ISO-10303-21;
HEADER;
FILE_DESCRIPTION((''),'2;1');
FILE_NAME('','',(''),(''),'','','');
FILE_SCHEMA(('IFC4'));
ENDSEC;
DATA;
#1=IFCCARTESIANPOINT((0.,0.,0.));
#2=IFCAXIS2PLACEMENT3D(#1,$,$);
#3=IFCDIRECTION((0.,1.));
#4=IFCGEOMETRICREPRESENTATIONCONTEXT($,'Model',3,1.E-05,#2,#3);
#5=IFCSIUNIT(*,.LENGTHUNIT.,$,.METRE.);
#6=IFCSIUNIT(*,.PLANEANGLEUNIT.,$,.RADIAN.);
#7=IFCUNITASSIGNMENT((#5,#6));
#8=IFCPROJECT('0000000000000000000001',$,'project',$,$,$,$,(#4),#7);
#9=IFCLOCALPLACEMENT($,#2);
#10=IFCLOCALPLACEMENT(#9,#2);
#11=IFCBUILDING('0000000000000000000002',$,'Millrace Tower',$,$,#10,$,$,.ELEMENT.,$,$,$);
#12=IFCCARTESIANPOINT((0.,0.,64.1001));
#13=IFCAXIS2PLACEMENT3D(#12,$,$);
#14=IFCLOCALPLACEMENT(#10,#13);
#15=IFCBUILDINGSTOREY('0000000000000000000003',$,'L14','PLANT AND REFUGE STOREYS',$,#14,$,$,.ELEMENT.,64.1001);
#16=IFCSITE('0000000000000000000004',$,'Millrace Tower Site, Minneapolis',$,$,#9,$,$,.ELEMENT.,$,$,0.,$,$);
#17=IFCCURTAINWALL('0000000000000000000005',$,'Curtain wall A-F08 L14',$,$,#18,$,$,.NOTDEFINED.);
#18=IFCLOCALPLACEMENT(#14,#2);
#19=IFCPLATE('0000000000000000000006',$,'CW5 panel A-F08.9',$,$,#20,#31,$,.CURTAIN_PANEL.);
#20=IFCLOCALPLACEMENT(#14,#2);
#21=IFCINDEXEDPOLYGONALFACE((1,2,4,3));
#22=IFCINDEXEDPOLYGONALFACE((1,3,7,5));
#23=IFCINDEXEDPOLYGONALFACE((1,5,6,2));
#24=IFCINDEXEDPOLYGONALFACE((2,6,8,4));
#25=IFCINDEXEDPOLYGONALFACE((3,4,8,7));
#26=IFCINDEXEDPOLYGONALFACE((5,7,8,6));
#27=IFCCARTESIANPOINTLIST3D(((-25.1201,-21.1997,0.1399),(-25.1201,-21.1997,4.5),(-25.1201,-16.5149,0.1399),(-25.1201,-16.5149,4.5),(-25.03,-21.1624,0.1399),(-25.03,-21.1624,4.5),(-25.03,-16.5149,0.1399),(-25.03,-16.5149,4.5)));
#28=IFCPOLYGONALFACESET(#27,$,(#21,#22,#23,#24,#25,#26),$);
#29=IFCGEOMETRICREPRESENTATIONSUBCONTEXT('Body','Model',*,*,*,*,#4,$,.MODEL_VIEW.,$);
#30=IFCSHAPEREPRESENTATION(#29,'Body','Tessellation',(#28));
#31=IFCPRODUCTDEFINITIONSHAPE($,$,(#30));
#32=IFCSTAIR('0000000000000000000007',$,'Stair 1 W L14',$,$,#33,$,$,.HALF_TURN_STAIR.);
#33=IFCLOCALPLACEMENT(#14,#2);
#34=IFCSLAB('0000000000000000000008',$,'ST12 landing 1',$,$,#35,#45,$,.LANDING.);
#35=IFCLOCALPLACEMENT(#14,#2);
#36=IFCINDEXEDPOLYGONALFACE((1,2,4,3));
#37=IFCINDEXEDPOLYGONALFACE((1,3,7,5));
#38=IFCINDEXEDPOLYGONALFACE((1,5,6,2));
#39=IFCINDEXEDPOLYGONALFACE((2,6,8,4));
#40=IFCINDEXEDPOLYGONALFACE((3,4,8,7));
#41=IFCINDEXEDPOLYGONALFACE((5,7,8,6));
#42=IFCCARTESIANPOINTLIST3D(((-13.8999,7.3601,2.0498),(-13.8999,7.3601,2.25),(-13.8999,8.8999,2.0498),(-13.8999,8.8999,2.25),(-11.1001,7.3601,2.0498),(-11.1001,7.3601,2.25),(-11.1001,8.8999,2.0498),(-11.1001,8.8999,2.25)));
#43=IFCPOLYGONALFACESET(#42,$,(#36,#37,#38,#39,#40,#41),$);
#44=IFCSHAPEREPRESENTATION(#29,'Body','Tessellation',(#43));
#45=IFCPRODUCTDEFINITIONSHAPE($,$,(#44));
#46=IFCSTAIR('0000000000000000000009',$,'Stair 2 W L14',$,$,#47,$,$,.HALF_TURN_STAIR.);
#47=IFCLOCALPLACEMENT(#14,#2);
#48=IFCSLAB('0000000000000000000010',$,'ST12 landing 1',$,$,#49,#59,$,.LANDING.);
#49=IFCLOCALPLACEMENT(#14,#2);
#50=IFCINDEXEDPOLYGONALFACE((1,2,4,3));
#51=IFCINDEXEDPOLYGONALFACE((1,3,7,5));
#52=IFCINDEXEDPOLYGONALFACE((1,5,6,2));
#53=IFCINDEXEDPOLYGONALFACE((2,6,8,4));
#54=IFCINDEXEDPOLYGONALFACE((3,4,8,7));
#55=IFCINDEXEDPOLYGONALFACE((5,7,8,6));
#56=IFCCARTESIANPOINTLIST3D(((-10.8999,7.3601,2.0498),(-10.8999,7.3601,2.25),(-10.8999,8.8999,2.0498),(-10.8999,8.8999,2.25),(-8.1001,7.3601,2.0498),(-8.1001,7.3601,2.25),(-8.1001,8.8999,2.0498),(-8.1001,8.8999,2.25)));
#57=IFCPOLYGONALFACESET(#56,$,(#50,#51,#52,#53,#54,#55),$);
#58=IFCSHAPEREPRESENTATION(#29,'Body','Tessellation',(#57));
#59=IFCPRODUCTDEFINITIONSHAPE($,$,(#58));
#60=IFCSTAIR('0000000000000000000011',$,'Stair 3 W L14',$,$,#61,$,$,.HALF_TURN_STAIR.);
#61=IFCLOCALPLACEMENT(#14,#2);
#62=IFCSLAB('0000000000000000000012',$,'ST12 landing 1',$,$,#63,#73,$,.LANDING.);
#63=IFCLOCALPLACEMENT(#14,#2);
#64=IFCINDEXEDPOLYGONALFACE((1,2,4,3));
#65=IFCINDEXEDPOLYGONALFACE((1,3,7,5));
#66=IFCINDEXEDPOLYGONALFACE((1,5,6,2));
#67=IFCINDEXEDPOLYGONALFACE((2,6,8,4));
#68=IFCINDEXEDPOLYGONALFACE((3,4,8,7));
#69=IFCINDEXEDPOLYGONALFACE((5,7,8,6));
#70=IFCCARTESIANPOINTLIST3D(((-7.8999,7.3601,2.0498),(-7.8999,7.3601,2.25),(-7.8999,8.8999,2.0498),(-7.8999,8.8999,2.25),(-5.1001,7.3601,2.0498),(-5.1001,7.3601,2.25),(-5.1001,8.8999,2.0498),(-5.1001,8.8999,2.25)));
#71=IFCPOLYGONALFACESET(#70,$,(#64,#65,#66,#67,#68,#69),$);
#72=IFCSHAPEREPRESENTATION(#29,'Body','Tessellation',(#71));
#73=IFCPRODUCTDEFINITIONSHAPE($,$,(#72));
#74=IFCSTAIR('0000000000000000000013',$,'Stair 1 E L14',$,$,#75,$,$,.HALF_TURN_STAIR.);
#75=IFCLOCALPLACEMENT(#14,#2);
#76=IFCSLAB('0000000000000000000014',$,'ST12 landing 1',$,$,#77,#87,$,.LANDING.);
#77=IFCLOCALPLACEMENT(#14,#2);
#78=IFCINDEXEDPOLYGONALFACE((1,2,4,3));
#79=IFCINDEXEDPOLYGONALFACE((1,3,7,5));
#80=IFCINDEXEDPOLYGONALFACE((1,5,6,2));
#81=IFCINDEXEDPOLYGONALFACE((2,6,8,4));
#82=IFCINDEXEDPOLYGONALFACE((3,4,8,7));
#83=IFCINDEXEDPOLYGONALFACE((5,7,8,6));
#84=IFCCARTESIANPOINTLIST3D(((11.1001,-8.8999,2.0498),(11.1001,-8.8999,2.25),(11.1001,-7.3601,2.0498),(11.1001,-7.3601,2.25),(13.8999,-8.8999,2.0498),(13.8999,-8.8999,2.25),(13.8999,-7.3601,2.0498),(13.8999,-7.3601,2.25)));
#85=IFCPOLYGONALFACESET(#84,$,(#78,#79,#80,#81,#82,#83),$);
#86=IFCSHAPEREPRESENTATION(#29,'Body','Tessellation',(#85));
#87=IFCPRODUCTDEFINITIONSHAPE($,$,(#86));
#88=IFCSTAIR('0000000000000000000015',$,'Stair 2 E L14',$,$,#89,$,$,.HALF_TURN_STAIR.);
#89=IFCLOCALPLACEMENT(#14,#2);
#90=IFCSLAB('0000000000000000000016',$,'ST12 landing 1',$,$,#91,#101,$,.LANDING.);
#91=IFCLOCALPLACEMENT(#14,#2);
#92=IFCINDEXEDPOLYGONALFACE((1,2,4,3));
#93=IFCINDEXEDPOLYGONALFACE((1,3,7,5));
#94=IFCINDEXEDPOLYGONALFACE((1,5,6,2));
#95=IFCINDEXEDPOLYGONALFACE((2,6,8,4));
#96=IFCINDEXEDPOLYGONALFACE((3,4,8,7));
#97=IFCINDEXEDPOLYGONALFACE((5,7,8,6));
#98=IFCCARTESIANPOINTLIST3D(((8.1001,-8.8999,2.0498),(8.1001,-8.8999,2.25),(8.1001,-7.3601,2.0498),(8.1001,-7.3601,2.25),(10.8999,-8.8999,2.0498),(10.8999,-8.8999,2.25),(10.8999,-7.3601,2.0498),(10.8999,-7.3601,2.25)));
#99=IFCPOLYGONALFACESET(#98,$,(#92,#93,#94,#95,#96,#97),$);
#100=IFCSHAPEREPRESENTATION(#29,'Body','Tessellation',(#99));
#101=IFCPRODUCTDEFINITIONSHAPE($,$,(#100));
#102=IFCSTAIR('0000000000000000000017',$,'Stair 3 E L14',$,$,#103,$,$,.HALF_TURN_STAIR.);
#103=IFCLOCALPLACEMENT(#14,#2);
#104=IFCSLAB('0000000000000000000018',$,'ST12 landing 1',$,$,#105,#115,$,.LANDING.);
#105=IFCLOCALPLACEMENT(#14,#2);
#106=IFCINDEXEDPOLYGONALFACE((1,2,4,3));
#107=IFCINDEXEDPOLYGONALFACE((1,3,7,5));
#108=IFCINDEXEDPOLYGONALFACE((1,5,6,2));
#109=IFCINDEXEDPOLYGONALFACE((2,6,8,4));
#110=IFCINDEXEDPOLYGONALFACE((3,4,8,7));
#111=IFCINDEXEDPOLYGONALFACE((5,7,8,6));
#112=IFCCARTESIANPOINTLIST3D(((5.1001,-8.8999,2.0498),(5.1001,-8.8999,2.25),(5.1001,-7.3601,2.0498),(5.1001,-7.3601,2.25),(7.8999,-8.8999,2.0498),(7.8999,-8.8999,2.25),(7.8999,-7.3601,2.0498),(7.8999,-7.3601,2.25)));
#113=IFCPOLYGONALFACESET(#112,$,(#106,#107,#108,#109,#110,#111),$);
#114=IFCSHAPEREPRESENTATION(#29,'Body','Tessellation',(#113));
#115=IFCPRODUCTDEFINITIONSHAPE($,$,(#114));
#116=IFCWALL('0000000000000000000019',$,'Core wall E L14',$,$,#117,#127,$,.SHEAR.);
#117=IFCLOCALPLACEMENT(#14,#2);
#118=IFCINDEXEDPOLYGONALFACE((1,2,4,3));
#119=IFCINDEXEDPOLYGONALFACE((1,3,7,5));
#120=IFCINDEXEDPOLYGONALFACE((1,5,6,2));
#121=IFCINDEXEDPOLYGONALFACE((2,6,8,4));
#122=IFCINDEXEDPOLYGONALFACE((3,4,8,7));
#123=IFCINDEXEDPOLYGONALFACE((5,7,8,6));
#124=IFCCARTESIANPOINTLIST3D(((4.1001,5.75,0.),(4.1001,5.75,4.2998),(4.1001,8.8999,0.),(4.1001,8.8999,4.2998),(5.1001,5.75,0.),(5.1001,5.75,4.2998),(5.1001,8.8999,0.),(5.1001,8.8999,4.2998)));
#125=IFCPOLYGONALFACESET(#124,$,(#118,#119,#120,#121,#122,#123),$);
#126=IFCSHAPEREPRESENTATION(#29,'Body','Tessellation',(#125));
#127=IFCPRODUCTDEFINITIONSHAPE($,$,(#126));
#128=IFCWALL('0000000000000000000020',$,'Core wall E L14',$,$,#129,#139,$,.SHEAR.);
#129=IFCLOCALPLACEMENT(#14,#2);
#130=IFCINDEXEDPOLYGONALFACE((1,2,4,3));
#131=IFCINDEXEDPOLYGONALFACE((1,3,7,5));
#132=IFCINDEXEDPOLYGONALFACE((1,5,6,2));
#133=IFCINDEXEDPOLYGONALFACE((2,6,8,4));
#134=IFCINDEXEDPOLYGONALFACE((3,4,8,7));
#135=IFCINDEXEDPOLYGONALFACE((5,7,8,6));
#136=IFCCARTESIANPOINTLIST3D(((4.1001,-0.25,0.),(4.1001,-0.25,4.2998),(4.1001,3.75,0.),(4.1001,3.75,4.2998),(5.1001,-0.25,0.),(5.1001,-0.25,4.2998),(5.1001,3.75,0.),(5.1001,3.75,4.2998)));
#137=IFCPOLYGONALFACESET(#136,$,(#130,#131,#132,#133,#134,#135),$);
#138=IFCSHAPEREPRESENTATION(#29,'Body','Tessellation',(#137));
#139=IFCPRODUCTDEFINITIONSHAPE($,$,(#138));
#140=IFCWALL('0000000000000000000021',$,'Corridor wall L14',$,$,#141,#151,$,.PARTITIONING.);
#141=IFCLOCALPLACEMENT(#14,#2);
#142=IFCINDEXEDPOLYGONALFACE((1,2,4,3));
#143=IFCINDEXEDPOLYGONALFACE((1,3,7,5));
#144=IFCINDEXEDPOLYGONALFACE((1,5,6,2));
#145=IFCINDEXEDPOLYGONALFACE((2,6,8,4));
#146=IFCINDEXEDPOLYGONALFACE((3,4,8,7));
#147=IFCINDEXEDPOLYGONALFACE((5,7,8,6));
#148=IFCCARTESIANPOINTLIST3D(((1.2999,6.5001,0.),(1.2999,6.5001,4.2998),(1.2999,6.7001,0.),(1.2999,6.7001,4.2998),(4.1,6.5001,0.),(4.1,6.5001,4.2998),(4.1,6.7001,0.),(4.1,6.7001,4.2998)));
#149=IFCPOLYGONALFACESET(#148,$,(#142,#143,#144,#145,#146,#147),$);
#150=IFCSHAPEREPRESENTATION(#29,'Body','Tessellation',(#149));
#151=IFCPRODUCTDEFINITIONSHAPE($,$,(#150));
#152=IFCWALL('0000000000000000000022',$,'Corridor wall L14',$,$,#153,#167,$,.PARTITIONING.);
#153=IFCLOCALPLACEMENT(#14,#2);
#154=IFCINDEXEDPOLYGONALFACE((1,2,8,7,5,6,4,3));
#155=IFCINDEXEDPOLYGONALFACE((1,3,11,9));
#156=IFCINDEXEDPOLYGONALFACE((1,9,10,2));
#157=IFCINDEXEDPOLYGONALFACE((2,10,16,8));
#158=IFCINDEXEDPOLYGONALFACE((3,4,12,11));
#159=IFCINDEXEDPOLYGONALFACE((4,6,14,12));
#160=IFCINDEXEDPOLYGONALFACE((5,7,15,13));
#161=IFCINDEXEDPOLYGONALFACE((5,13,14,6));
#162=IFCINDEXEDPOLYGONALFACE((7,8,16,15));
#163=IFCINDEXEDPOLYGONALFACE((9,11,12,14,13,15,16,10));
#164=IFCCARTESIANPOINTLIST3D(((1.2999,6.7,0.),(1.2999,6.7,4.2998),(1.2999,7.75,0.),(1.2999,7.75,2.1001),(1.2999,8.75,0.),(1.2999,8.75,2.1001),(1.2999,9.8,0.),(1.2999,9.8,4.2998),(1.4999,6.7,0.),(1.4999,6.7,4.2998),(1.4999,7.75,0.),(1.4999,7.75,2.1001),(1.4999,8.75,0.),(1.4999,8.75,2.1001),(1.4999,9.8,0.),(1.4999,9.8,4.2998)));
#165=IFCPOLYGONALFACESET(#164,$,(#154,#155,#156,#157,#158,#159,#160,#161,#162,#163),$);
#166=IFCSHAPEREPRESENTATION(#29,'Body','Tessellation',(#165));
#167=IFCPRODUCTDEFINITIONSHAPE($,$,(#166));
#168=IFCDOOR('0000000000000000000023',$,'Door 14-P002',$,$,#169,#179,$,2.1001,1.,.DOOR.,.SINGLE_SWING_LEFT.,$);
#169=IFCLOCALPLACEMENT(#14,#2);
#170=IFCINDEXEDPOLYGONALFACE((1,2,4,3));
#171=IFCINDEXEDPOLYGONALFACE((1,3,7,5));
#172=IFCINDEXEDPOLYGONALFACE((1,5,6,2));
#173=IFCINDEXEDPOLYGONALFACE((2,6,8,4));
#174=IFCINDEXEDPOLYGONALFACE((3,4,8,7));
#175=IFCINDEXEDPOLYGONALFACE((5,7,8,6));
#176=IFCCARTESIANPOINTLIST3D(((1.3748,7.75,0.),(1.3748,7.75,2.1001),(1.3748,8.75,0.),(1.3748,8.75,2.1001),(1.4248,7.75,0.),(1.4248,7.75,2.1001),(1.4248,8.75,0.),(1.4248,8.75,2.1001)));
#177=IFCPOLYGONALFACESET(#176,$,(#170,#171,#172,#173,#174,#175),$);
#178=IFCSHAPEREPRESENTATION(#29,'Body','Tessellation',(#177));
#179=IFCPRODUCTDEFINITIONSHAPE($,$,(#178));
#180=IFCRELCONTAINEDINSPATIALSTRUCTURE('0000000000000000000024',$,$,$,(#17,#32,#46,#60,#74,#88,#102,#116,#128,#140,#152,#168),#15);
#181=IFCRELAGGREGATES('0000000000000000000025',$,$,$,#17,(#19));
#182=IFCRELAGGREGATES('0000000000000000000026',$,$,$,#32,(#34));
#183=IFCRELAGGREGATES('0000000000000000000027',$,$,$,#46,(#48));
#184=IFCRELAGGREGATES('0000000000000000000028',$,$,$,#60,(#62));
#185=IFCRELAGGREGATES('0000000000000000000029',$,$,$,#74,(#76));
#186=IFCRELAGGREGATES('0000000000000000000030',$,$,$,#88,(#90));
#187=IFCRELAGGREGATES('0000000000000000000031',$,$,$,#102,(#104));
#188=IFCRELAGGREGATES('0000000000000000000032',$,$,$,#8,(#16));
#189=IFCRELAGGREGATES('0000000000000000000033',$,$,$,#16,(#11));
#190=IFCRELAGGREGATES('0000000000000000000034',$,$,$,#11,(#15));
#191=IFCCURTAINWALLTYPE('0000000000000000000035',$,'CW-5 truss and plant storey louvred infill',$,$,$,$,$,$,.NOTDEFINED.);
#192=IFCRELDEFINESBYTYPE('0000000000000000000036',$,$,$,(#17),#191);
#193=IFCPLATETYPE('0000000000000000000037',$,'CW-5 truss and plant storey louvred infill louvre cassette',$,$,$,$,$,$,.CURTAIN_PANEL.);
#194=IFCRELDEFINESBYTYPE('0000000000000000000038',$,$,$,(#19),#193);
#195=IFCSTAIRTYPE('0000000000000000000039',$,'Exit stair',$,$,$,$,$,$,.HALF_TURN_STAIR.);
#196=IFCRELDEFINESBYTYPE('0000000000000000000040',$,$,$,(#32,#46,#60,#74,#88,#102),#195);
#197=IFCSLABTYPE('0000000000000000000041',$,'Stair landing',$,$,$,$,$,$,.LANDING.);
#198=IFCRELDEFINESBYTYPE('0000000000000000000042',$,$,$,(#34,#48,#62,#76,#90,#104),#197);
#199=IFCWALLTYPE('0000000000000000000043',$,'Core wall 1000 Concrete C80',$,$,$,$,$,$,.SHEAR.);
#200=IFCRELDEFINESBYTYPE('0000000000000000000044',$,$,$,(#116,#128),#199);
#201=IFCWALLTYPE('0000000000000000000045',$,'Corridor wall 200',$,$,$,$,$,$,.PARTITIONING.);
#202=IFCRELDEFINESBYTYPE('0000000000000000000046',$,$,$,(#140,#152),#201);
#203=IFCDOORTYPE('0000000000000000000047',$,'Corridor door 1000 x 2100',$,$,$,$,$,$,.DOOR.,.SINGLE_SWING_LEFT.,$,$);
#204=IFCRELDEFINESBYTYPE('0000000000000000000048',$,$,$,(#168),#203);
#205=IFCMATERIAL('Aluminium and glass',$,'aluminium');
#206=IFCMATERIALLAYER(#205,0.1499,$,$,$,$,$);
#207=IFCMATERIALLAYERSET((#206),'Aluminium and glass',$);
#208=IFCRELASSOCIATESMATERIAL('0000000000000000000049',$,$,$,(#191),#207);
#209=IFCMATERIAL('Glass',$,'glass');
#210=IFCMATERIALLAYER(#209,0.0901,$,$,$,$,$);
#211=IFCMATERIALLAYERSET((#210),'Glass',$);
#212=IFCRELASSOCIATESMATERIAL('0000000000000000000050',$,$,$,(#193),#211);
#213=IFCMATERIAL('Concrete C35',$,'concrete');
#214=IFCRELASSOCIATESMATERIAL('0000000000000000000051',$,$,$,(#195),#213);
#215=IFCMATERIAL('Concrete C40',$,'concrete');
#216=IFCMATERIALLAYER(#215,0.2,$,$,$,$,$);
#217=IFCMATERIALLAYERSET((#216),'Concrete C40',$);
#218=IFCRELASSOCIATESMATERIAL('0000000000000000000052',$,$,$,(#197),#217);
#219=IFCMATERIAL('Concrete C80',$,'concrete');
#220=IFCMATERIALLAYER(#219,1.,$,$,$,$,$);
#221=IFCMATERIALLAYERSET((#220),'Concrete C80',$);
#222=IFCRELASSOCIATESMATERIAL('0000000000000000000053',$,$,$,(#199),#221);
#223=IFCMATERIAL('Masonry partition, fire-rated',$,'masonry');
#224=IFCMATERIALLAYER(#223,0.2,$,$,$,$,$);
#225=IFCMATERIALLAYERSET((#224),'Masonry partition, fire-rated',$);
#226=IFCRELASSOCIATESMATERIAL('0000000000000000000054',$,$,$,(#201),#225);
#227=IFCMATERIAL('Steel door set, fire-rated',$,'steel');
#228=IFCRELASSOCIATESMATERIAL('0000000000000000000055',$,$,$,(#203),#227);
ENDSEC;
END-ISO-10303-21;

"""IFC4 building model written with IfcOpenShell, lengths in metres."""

from ifc_helpers import new_model, si_unit, direction, frame, frame_2d, origin, place, context, subcontext, project, spatial, polyline, rectangle, outline, extrude, material, layer, layer_set, type_object, element, fill, aggregate, save


model = new_model("IFC4")

# Units and contexts
model_context = context("Model", 3, precision=1e-05, world=origin(), true_north=direction((0.0, 1.0)))
body_context = subcontext(model_context, "Body", "Model", "MODEL_VIEW")
ifc_project = project(units=[si_unit("LENGTHUNIT", "METRE"), si_unit("PLANEANGLEUNIT", "RADIAN")], contexts=[model_context])

# Site, building, storey
site_placement = place(None, origin())
site = spatial("IfcSite", under=ifc_project, at=site_placement, Name="Millrace Tower Site, Minneapolis", CompositionType="ELEMENT", RefElevation=0.0)
building_placement = place(site_placement, origin())
building = spatial("IfcBuilding", under=site, at=building_placement, Name="Millrace Tower", CompositionType="ELEMENT")
storey_placement = place(building_placement, frame((0.0, 0.0, 64.1001)))
storey = spatial("IfcBuildingStorey", under=building, at=storey_placement, Name="L14", Description="PLANT AND REFUGE STOREYS", CompositionType="ELEMENT", Elevation=64.1001)

# Shared definitions
ifc_material_1 = material(Name="Aluminium and glass", Category="aluminium")
ifc_layer_1 = layer(ifc_material_1, 0.1499)
ifc_layer_set_1 = layer_set([ifc_layer_1], Name="Aluminium and glass")
curtain_wall_type = type_object("IfcCurtainWallType", Name="CW-5 truss and plant storey louvred infill", PredefinedType="NOTDEFINED", material=ifc_layer_set_1)
placement_1 = place(storey_placement, origin())
ifc_material_2 = material(Name="Glass", Category="glass")
ifc_layer_2 = layer(ifc_material_2, 0.0901)
ifc_layer_set_2 = layer_set([ifc_layer_2], Name="Glass")
plate_type = type_object("IfcPlateType", Name="CW-5 truss and plant storey louvred infill louvre cassette", PredefinedType="CURTAIN_PANEL", material=ifc_layer_set_2)
placement_2 = place(storey_placement, frame((0.0, 0.0, 0.1399)))

# Curtain wall, plate
curtain_wall_1 = element("IfcCurtainWall", 1, at=placement_1, inside=storey, type_object=curtain_wall_type, Name="Curtain wall A-F08 L14", PredefinedType="NOTDEFINED")
plate_1 = element("IfcPlate", 2, at=placement_2, type_object=plate_type, Name="CW5 panel A-F08.9", PredefinedType="CURTAIN_PANEL", context=body_context, shape_type="SweptSolid", body=[
    extrude(outline(polyline([(-25.1201, -16.5149), (-25.1201, -21.1997), (-25.03, -21.1624), (-25.03, -16.5149), (-25.1201, -16.5149)])), origin(), (0.0, 0.0, 1.0), 4.3601),
])
aggregate(curtain_wall_1, [plate_1])

# Stairs, slabs
ifc_material_3 = material(Name="Concrete C35", Category="concrete")
stair_type = type_object("IfcStairType", Name="Exit stair", PredefinedType="HALF_TURN_STAIR", material=ifc_material_3)
stair_1 = element("IfcStair", 3, at=placement_1, inside=storey, type_object=stair_type, Name="Stair 1 W L14", PredefinedType="HALF_TURN_STAIR")
ifc_material_4 = material(Name="Concrete C40", Category="concrete")
ifc_layer_3 = layer(ifc_material_4, 0.2)
ifc_layer_set_3 = layer_set([ifc_layer_3], Name="Concrete C40")
slab_type = type_object("IfcSlabType", Name="Stair landing", PredefinedType="LANDING", material=ifc_layer_set_3)
placement_3 = place(storey_placement, frame((0.0, 0.0, 2.0498)))
slab_1 = element("IfcSlab", 4, at=placement_3, type_object=slab_type, Name="ST12 landing 1", PredefinedType="LANDING", context=body_context, shape_type="SweptSolid", body=[
    extrude(outline(polyline([(-13.8999, 7.3601), (-11.1001, 7.3601), (-11.1001, 8.8999), (-13.8999, 8.8999), (-13.8999, 7.3601)])), origin(), (0.0, 0.0, 1.0), 0.2002),
])
aggregate(stair_1, [slab_1])
stair_2 = element("IfcStair", 5, at=placement_1, inside=storey, type_object=stair_type, Name="Stair 2 W L14", PredefinedType="HALF_TURN_STAIR")
slab_2 = element("IfcSlab", 6, at=placement_3, type_object=slab_type, Name="ST12 landing 1", PredefinedType="LANDING", context=body_context, shape_type="SweptSolid", body=[
    extrude(outline(polyline([(-10.8999, 7.3601), (-8.1001, 7.3601), (-8.1001, 8.8999), (-10.8999, 8.8999), (-10.8999, 7.3601)])), origin(), (0.0, 0.0, 1.0), 0.2002),
])
aggregate(stair_2, [slab_2])
stair_3 = element("IfcStair", 7, at=placement_1, inside=storey, type_object=stair_type, Name="Stair 3 W L14", PredefinedType="HALF_TURN_STAIR")
slab_3 = element("IfcSlab", 8, at=placement_3, type_object=slab_type, Name="ST12 landing 1", PredefinedType="LANDING", context=body_context, shape_type="SweptSolid", body=[
    extrude(outline(polyline([(-7.8999, 7.3601), (-5.1001, 7.3601), (-5.1001, 8.8999), (-7.8999, 8.8999), (-7.8999, 7.3601)])), origin(), (0.0, 0.0, 1.0), 0.2002),
])
aggregate(stair_3, [slab_3])
stair_4 = element("IfcStair", 9, at=placement_1, inside=storey, type_object=stair_type, Name="Stair 1 E L14", PredefinedType="HALF_TURN_STAIR")
slab_4 = element("IfcSlab", 10, at=placement_3, type_object=slab_type, Name="ST12 landing 1", PredefinedType="LANDING", context=body_context, shape_type="SweptSolid", body=[
    extrude(outline(polyline([(11.1001, -8.8999), (13.8999, -8.8999), (13.8999, -7.3601), (11.1001, -7.3601), (11.1001, -8.8999)])), origin(), (0.0, 0.0, 1.0), 0.2002),
])
aggregate(stair_4, [slab_4])
stair_5 = element("IfcStair", 11, at=placement_1, inside=storey, type_object=stair_type, Name="Stair 2 E L14", PredefinedType="HALF_TURN_STAIR")
slab_5 = element("IfcSlab", 12, at=placement_3, type_object=slab_type, Name="ST12 landing 1", PredefinedType="LANDING", context=body_context, shape_type="SweptSolid", body=[
    extrude(outline(polyline([(8.1001, -8.8999), (10.8999, -8.8999), (10.8999, -7.3601), (8.1001, -7.3601), (8.1001, -8.8999)])), origin(), (0.0, 0.0, 1.0), 0.2002),
])
aggregate(stair_5, [slab_5])
stair_6 = element("IfcStair", 13, at=placement_1, inside=storey, type_object=stair_type, Name="Stair 3 E L14", PredefinedType="HALF_TURN_STAIR")
slab_6 = element("IfcSlab", 14, at=placement_3, type_object=slab_type, Name="ST12 landing 1", PredefinedType="LANDING", context=body_context, shape_type="SweptSolid", body=[
    extrude(outline(polyline([(5.1001, -8.8999), (7.8999, -8.8999), (7.8999, -7.3601), (5.1001, -7.3601), (5.1001, -8.8999)])), origin(), (0.0, 0.0, 1.0), 0.2002),
])
aggregate(stair_6, [slab_6])

# Walls
ifc_material_5 = material(Name="Concrete C80", Category="concrete")
ifc_layer_4 = layer(ifc_material_5, 1.0)
ifc_layer_set_4 = layer_set([ifc_layer_4], Name="Concrete C80")
wall_type_1 = type_object("IfcWallType", Name="Core wall 1000 Concrete C80", PredefinedType="SHEAR", material=ifc_layer_set_4)
wall_1_placement = place(storey_placement, frame((4.6001, 8.8999, 0.0), z_axis=(0.0, 0.0, 1.0), x_axis=(0.0, -1.0, 0.0)))
element("IfcWall", 15, at=wall_1_placement, inside=storey, type_object=wall_type_1, Name="Core wall E L14", PredefinedType="SHEAR", context=body_context, shape_type="SweptSolid", body=[
    extrude(rectangle(XDim=3.1499, YDim=1.0, at=frame_2d((1.575, 0.0))), origin(), (0.0, 0.0, 1.0), 4.2998),
])
wall_2_placement = place(storey_placement, frame((4.6001, 3.75, 0.0), z_axis=(0.0, 0.0, 1.0), x_axis=(0.0, -1.0, 0.0)))
element("IfcWall", 16, at=wall_2_placement, inside=storey, type_object=wall_type_1, Name="Core wall E L14", PredefinedType="SHEAR", context=body_context, shape_type="SweptSolid", body=[
    extrude(rectangle(XDim=4.0, YDim=1.0, at=frame_2d((2.0, 0.0))), origin(), (0.0, 0.0, 1.0), 4.2998),
])
ifc_material_6 = material(Name="Masonry partition, fire-rated", Category="masonry")
ifc_layer_5 = layer(ifc_material_6, 0.2)
ifc_layer_set_5 = layer_set([ifc_layer_5], Name="Masonry partition, fire-rated")
wall_type_2 = type_object("IfcWallType", Name="Corridor wall 200", PredefinedType="PARTITIONING", material=ifc_layer_set_5)
wall_3_placement = place(storey_placement, frame((1.3, 6.6001, 0.0), z_axis=(0.0, 0.0, 1.0), x_axis=(1.0, 0.0, 0.0)))
element("IfcWall", 17, at=wall_3_placement, inside=storey, type_object=wall_type_2, Name="Corridor wall L14", PredefinedType="PARTITIONING", context=body_context, shape_type="SweptSolid", body=[
    extrude(rectangle(XDim=2.8, YDim=0.2, at=frame_2d((1.3999, 0.0))), origin(), (0.0, 0.0, 1.0), 4.2998),
])

# Wall, opening, door
wall_4_placement = place(storey_placement, frame((1.3999, 6.7, 0.0), z_axis=(0.0, 0.0, 1.0), x_axis=(0.0, 1.0, 0.0)))
wall_4 = element("IfcWall", 18, at=wall_4_placement, inside=storey, type_object=wall_type_2, Name="Corridor wall L14", PredefinedType="PARTITIONING", context=body_context, shape_type="SweptSolid", body=[
    extrude(rectangle(XDim=3.1001, YDim=0.2, at=frame_2d((1.55, 0.0))), origin(), (0.0, 0.0, 1.0), 4.2998),
])
opening_1_placement = place(wall_4_placement, frame((1.05, 0.0, 0.0)))
opening_1 = element("IfcOpeningElement", 19, at=opening_1_placement, cuts=wall_4, PredefinedType="OPENING", context=body_context, shape_type="SweptSolid", body=[
    extrude(rectangle(XDim=1.0, YDim=2.1001, at=frame_2d((0.5, 1.05))), frame((0.0, 0.1099, 0.0), z_axis=(0.0, -1.0, 0.0), x_axis=(1.0, 0.0, 0.0)), (0.0, 0.0, 1.0), 0.22),
])
ifc_material_7 = material(Name="Steel door set, fire-rated", Category="steel")
door_type_1 = type_object("IfcDoorType", Name="Corridor door 1000 x 2100", OperationType="SINGLE_SWING_LEFT", PredefinedType="DOOR", material=ifc_material_7)
door_1_placement = place(opening_1_placement, frame((1.0, 0.0, 0.0), z_axis=(0.0, 0.0, 1.0), x_axis=(-1.0, 0.0, 0.0)))
door_1 = element("IfcDoor", 20, at=door_1_placement, inside=storey, type_object=door_type_1, Name="Door 14-P002", OperationType="SINGLE_SWING_LEFT", OverallHeight=2.1001, OverallWidth=1.0, PredefinedType="DOOR", context=body_context, shape_type="SweptSolid", body=[
    extrude(rectangle(XDim=1.0, YDim=2.1001, at=frame_2d((0.5, 1.05))), frame((0.0, 0.0249, 0.0), z_axis=(0.0, -1.0, 0.0), x_axis=(1.0, 0.0, 0.0)), (0.0, 0.0, 1.0), 0.05),
])
fill(opening_1, door_1)

save(model, "model.ifc")
